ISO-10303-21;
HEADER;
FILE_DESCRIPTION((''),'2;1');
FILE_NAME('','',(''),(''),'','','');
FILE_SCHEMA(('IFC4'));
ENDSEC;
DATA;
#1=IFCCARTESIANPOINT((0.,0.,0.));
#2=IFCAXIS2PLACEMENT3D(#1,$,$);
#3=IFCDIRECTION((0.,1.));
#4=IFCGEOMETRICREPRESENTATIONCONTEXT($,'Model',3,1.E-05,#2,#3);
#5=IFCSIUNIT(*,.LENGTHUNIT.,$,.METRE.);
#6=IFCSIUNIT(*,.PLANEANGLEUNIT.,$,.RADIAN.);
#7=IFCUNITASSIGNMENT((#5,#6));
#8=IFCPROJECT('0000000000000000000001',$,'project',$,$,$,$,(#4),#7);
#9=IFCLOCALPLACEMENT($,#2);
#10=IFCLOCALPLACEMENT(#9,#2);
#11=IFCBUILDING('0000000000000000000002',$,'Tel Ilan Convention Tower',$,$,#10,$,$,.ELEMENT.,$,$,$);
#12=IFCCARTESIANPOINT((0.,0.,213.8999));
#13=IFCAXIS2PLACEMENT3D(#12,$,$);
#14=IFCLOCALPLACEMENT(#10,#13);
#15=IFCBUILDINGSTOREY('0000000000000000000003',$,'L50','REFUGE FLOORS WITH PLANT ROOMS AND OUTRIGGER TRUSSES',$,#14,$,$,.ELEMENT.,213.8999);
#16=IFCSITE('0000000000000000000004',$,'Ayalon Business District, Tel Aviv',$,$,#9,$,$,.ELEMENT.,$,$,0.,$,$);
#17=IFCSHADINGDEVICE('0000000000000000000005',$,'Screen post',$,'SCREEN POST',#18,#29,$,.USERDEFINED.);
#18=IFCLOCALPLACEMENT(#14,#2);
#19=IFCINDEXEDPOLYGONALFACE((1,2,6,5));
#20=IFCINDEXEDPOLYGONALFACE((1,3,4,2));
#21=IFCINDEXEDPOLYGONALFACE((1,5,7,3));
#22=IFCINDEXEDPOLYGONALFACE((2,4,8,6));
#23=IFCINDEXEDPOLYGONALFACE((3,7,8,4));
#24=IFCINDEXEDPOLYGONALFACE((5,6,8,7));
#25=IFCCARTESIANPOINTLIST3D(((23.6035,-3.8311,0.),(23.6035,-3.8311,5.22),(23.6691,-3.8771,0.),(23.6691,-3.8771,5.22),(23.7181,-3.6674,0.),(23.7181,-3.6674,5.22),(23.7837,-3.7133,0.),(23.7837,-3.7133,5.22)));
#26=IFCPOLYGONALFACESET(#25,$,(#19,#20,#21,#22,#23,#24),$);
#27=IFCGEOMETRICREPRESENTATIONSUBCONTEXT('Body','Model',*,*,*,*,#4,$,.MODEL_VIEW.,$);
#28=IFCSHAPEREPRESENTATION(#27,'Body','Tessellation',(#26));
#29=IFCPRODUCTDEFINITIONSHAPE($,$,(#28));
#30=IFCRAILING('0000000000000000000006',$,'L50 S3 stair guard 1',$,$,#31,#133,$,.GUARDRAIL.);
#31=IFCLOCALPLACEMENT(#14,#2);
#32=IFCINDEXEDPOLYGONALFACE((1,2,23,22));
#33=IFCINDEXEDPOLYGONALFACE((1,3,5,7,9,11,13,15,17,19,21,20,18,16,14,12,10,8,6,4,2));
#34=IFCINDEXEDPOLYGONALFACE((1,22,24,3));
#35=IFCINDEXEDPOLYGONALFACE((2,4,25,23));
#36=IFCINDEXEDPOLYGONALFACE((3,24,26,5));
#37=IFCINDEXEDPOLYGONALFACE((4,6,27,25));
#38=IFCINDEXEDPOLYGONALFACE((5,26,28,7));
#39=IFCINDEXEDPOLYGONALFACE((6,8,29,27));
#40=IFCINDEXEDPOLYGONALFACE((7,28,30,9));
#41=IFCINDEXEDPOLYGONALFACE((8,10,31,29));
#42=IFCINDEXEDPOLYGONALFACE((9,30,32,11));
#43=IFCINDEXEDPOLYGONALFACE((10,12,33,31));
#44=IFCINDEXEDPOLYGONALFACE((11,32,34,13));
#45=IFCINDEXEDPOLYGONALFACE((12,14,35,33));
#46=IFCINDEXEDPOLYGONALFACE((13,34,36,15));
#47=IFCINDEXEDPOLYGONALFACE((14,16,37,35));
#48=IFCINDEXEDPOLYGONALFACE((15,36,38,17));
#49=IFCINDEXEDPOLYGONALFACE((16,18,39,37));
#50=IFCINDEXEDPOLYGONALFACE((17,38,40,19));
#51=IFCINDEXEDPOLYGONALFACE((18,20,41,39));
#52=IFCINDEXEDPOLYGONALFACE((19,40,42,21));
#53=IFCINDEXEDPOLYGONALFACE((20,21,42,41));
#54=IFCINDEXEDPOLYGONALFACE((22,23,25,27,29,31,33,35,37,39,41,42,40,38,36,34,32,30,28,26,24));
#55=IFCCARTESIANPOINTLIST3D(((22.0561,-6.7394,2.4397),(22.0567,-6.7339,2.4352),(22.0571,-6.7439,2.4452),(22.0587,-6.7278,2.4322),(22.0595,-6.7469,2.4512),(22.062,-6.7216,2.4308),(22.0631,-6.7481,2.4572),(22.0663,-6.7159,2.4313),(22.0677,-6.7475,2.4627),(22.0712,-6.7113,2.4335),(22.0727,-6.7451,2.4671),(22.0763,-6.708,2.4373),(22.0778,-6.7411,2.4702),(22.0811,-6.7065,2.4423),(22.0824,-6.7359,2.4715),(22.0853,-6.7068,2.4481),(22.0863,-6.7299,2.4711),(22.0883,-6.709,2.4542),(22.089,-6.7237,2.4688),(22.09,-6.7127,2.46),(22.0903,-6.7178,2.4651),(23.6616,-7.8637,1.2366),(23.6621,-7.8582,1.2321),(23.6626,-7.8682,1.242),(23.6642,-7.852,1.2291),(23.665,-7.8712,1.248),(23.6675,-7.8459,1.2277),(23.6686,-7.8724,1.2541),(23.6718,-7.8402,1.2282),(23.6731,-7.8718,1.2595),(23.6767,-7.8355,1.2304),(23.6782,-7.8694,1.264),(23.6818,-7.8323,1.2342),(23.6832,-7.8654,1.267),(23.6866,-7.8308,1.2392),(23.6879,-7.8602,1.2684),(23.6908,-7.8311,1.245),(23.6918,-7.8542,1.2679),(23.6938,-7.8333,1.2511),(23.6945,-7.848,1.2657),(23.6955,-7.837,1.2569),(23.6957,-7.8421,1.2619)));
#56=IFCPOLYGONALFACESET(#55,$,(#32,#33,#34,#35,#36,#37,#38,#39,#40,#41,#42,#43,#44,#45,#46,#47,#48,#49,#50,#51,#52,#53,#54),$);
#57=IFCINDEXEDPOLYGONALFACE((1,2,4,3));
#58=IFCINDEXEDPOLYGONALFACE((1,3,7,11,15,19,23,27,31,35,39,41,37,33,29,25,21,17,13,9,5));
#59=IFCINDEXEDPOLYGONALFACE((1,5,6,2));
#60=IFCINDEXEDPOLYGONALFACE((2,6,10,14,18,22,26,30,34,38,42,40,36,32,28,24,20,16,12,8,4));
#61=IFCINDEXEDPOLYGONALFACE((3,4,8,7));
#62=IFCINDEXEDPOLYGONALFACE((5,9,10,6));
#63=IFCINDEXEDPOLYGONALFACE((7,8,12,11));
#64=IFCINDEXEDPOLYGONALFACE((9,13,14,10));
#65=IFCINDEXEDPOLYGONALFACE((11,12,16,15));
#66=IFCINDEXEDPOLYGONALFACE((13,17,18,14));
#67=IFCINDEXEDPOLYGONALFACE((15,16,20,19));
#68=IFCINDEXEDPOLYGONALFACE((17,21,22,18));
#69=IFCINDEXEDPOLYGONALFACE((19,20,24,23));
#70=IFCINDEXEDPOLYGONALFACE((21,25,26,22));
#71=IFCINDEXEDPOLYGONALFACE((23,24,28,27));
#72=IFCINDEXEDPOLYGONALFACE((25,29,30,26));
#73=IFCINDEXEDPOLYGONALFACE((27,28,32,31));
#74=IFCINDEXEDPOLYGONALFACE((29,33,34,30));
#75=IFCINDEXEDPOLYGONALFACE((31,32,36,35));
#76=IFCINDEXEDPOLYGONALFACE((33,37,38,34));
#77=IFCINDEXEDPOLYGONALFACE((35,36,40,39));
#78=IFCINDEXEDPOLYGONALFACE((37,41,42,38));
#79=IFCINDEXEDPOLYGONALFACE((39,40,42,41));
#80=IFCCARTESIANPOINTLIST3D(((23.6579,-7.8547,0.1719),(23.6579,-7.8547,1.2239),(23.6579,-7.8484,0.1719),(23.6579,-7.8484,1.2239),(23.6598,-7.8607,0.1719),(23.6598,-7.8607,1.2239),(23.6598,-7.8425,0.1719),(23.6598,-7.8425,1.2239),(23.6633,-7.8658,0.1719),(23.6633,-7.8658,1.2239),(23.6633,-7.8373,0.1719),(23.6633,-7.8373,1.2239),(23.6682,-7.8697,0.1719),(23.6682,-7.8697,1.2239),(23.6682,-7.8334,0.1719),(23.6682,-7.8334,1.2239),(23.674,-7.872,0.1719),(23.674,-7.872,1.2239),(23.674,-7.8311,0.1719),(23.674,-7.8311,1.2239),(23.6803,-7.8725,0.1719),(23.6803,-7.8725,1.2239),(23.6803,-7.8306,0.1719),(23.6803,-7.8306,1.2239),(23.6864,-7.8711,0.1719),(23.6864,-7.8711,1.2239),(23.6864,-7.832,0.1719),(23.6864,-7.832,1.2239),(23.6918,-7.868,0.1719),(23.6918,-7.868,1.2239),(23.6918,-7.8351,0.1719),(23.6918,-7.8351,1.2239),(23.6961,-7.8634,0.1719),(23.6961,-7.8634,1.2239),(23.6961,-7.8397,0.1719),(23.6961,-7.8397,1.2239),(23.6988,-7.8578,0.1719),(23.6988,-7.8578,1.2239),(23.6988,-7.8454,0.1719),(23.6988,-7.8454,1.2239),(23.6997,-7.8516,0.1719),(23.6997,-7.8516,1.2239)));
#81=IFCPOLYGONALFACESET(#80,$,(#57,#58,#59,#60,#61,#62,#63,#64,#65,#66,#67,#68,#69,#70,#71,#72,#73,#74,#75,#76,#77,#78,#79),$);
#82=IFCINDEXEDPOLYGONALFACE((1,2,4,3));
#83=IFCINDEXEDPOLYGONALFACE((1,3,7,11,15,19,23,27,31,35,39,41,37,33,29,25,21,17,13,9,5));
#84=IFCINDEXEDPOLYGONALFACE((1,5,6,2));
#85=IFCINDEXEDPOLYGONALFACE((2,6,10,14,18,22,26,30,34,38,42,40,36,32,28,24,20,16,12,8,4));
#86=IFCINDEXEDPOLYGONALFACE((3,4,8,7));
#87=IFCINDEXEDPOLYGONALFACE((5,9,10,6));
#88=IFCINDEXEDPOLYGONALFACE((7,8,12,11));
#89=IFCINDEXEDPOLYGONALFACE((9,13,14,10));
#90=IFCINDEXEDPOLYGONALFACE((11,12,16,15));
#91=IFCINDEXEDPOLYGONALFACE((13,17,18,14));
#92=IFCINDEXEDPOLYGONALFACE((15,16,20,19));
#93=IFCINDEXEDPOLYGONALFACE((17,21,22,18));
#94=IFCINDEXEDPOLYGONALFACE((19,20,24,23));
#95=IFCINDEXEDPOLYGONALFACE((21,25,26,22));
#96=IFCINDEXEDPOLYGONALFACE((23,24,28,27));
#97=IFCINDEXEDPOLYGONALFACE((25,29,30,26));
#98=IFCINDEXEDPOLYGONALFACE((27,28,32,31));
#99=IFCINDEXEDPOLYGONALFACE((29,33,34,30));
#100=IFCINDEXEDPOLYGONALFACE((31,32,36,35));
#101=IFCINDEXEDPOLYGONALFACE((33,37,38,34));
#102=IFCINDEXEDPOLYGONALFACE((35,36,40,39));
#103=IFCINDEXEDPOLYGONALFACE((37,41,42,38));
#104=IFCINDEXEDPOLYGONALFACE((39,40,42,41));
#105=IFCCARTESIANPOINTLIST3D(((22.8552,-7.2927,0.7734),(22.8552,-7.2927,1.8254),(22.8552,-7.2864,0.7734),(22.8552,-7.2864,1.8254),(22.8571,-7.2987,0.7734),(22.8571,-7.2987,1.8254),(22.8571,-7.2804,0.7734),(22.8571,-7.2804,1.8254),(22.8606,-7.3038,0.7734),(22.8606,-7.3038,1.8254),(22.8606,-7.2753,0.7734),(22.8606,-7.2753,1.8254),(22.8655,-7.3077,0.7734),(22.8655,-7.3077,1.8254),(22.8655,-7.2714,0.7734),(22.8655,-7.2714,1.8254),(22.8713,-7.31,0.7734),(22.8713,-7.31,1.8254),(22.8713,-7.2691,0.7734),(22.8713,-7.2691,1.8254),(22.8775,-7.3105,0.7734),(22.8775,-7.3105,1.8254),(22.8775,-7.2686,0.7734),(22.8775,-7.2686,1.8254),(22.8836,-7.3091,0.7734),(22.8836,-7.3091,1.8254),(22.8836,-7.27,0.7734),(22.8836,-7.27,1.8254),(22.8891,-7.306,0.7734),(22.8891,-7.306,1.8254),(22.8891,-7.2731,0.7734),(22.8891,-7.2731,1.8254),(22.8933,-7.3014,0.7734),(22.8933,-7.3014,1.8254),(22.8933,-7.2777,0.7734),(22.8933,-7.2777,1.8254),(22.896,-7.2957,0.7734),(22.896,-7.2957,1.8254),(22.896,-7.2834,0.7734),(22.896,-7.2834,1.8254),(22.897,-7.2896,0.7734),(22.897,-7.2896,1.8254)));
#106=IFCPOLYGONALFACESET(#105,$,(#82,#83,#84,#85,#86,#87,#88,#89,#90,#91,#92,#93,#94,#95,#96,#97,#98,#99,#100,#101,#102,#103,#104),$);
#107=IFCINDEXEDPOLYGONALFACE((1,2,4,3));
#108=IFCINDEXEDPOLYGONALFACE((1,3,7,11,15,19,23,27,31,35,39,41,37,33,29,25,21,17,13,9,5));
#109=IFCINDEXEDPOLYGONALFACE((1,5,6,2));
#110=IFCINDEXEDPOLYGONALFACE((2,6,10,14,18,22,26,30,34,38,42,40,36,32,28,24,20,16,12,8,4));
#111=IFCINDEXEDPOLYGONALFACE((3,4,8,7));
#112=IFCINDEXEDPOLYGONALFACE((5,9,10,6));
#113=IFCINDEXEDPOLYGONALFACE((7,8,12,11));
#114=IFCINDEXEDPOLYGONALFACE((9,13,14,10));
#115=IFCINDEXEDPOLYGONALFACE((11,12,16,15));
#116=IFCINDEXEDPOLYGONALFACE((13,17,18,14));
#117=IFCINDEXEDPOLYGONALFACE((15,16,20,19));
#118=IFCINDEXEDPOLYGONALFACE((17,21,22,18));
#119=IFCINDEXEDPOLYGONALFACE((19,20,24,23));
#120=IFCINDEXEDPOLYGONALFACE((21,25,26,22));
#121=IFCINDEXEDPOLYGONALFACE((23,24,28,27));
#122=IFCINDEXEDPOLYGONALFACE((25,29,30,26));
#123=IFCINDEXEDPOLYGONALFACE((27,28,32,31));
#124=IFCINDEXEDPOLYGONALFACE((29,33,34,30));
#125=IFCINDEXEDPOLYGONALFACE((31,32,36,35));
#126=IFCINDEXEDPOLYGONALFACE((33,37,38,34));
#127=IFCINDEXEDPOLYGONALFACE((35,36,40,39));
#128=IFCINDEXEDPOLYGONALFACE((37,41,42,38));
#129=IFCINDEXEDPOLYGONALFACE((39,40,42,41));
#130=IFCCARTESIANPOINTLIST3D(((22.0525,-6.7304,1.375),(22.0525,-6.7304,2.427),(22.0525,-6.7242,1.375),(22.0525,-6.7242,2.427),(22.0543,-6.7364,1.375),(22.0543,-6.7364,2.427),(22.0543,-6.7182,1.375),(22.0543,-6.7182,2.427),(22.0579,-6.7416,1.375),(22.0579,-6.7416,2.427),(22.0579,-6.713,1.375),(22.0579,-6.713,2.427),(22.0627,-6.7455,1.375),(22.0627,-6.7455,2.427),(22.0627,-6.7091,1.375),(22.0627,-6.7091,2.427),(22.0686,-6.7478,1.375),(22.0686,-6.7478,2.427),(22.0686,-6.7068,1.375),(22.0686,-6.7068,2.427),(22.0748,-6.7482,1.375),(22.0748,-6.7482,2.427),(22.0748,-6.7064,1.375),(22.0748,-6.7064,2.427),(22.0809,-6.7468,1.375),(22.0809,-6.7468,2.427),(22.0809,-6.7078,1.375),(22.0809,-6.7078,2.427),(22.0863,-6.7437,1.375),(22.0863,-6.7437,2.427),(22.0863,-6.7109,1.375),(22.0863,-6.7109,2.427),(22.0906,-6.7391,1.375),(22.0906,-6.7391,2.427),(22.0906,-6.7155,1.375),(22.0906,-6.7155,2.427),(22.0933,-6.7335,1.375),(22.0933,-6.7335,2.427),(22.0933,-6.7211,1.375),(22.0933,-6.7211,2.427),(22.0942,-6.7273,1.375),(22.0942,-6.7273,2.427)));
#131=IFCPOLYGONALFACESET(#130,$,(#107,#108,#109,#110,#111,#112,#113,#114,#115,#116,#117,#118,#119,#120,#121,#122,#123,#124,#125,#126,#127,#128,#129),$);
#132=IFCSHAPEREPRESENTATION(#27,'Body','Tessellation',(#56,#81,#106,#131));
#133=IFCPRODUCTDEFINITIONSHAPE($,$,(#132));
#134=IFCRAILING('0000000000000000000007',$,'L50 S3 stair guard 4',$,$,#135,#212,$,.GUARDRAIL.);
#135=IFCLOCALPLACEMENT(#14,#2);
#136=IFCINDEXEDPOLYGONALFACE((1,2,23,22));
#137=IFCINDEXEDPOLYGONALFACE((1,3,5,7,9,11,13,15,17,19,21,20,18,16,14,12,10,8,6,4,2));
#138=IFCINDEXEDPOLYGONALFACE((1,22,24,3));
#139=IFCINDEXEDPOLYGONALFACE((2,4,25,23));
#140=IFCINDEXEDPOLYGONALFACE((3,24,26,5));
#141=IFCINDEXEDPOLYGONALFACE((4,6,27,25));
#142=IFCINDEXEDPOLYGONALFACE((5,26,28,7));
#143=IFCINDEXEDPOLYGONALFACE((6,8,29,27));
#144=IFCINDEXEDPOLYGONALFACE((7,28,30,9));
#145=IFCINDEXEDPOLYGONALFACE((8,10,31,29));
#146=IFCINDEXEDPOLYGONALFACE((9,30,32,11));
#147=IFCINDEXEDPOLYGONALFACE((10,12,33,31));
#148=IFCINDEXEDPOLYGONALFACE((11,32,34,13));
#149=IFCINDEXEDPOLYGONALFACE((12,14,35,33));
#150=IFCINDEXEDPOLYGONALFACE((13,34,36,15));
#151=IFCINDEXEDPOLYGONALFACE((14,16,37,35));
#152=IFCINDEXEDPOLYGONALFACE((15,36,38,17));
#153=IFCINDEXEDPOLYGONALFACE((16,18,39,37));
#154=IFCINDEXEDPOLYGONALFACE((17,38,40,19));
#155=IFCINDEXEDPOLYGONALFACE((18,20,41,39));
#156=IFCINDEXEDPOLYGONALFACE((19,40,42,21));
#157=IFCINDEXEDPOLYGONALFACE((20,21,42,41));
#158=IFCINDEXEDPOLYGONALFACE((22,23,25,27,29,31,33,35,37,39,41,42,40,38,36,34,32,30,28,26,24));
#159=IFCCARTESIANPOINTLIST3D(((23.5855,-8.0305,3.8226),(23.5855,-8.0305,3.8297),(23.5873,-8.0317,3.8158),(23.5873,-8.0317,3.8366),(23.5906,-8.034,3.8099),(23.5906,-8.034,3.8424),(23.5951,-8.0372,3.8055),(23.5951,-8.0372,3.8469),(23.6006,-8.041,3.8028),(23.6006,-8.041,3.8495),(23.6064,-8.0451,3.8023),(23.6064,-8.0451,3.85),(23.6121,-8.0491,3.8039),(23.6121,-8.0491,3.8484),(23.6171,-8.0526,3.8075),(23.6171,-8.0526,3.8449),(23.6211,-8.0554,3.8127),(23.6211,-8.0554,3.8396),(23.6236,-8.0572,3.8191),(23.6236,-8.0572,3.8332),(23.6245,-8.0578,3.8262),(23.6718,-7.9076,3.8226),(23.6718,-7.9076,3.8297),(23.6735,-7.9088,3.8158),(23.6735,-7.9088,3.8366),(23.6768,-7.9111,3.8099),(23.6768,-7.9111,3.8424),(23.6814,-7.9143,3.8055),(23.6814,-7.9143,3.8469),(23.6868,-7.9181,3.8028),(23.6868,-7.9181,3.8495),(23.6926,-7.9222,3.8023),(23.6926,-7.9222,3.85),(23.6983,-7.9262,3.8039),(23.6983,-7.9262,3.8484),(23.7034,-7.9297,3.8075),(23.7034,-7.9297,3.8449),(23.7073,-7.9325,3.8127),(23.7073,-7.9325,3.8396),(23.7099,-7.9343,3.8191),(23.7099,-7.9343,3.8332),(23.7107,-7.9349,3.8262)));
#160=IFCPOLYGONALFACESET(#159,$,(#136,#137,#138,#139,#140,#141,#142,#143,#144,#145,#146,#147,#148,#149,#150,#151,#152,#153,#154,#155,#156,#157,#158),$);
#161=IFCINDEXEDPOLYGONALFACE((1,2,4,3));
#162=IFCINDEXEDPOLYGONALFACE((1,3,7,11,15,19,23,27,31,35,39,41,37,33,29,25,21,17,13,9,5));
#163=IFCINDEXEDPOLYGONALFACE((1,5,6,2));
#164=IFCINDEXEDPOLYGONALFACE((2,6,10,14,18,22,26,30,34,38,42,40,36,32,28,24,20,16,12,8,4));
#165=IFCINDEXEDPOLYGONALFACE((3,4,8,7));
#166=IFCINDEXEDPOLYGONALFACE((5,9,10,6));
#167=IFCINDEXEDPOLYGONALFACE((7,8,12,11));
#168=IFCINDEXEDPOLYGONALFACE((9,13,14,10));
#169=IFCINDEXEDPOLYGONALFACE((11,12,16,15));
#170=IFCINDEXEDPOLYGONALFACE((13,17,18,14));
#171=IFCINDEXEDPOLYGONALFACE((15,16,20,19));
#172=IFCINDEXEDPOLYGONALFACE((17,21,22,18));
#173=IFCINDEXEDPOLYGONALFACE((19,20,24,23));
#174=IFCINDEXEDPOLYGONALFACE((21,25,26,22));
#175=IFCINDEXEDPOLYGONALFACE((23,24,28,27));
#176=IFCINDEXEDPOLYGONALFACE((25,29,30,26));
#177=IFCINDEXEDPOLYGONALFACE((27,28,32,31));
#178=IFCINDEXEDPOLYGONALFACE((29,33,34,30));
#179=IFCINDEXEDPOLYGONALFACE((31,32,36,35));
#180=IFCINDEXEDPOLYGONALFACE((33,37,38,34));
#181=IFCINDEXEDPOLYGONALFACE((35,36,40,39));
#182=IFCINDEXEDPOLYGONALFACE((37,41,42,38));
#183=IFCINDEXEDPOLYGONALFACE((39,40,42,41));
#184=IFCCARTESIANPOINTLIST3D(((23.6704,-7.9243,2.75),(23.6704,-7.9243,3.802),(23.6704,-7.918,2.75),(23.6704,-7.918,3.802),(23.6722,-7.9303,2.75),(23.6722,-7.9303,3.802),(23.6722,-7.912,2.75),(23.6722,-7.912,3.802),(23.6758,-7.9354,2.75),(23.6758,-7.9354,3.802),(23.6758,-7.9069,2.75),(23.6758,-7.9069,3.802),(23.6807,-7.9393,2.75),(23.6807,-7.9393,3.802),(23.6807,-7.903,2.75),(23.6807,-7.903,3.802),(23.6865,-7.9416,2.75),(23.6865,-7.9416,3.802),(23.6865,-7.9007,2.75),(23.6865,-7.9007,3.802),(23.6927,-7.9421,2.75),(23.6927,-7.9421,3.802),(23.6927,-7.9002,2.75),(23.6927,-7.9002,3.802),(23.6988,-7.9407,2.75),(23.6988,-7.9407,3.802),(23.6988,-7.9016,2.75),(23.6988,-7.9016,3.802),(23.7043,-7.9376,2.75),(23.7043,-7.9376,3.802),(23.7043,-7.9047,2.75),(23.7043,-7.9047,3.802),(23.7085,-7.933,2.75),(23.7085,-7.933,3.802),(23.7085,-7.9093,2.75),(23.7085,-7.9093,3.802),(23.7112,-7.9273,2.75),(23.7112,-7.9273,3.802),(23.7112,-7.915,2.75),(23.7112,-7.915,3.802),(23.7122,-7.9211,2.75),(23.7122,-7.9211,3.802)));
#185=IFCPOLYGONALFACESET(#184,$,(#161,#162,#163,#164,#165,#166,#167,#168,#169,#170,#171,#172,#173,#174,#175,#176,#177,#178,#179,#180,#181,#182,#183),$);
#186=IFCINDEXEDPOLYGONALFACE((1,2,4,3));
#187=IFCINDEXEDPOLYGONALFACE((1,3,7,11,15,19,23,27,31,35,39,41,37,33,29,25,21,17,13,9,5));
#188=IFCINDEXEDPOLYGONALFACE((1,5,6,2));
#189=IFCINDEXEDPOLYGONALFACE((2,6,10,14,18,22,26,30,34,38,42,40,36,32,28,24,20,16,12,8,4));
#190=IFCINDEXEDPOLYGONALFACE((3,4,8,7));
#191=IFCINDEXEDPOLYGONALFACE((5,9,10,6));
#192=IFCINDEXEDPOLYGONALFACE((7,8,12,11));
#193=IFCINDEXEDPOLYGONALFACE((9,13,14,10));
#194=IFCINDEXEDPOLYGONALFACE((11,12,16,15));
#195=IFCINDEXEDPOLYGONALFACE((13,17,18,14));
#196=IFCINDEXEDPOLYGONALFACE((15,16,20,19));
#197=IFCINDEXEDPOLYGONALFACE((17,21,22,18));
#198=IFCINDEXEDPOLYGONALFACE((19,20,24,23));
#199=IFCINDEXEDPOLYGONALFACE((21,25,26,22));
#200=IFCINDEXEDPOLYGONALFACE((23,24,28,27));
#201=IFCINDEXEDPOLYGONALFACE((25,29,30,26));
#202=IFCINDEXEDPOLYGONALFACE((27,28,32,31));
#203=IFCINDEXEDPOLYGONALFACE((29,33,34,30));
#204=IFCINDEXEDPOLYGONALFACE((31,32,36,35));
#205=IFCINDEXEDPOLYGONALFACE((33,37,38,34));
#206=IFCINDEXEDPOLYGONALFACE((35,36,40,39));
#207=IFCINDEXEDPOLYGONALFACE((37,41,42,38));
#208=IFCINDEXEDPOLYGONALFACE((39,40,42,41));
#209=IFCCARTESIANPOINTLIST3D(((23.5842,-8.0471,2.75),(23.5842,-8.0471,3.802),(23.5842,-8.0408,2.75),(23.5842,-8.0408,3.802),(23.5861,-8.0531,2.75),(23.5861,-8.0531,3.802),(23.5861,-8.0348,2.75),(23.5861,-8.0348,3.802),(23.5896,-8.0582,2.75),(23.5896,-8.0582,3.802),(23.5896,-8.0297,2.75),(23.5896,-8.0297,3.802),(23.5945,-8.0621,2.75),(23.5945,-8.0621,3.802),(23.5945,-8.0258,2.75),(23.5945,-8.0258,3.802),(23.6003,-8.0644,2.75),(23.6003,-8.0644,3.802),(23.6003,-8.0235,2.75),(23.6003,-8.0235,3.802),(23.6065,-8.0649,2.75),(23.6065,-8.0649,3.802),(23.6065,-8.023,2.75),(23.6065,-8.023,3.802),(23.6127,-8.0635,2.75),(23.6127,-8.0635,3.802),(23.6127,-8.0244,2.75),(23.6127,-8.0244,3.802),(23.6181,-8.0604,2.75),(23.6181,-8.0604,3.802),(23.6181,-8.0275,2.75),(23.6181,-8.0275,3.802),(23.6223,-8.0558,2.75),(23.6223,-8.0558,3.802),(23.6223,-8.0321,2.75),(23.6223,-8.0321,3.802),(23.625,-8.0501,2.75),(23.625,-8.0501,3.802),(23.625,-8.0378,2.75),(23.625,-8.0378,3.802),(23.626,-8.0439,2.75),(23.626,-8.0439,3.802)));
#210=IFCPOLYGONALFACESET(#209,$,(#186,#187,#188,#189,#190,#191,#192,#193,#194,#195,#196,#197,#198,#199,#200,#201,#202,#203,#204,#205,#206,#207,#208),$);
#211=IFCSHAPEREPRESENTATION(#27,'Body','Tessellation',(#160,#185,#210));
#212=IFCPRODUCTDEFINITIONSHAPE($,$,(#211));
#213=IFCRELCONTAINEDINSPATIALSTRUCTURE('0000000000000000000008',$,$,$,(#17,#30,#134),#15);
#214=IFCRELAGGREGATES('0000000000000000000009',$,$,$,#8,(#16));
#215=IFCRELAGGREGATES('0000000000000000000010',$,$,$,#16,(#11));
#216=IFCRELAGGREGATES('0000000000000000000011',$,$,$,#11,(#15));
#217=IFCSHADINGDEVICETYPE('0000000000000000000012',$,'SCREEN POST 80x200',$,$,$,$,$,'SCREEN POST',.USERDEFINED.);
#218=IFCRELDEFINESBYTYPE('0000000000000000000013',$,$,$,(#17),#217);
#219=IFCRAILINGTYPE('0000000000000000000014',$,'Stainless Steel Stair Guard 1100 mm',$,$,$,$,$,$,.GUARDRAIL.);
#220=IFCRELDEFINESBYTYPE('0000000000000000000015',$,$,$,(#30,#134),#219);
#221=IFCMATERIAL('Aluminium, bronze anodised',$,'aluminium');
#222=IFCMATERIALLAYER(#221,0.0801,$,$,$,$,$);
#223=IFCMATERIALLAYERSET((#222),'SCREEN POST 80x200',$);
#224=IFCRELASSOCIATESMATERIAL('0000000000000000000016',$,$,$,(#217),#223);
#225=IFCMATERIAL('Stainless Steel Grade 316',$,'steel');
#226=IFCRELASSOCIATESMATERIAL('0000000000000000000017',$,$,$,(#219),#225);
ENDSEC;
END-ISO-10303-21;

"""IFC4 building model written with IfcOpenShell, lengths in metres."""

from ifc_helpers import new_model, si_unit, direction, frame, origin, origin_2d, place, context, subcontext, project, spatial, rectangle, circle, extrude, material, layer, layer_set, type_object, element, save


model = new_model("IFC4")

# Units and contexts
model_context = context("Model", 3, precision=1e-05, world=origin(), true_north=direction((0.0, 1.0)))
body_context = subcontext(model_context, "Body", "Model", "MODEL_VIEW")
ifc_project = project(units=[si_unit("LENGTHUNIT", "METRE"), si_unit("PLANEANGLEUNIT", "RADIAN")], contexts=[model_context])

# Site, building, storey
site_placement = place(None, origin())
site = spatial("IfcSite", under=ifc_project, at=site_placement, Name="Ayalon Business District, Tel Aviv", CompositionType="ELEMENT", RefElevation=0.0)
building_placement = place(site_placement, origin())
building = spatial("IfcBuilding", under=site, at=building_placement, Name="Tel Ilan Convention Tower", CompositionType="ELEMENT")
storey_placement = place(building_placement, frame((0.0, 0.0, 213.8999)))
storey = spatial("IfcBuildingStorey", under=building, at=storey_placement, Name="L50", Description="REFUGE FLOORS WITH PLANT ROOMS AND OUTRIGGER TRUSSES", CompositionType="ELEMENT", Elevation=213.8999)

# Shading device
ifc_material_1 = material(Name="Aluminium, bronze anodised", Category="aluminium")
ifc_layer_1 = layer(ifc_material_1, 0.0801)
ifc_layer_set_1 = layer_set([ifc_layer_1], Name="SCREEN POST 80x200")
shading_device_type_1 = type_object("IfcShadingDeviceType", Name="SCREEN POST 80x200", ElementType="SCREEN POST", PredefinedType="USERDEFINED", material=ifc_layer_set_1)
for number, where, z_axis, x_axis, name in (
    (1, (23.6936, -3.7722, 0.0), (0.0, 0.0, 1.0), (-0.819152, 0.573576, 0.0), "Screen post"),
):
    element("IfcShadingDevice", number, at=place(storey_placement, frame(where, z_axis=z_axis, x_axis=x_axis)), inside=storey, type_object=shading_device_type_1, Name=name, ObjectType="SCREEN POST", PredefinedType="USERDEFINED", context=body_context, shape_type="SweptSolid", body=[
        extrude(rectangle(XDim=0.0801, YDim=0.2, at=origin_2d()), origin(), (0.0, 0.0, 1.0), 5.22),
    ])

# Railings
ifc_material_2 = material(Name="Stainless Steel Grade 316", Category="steel")
railing_type_1 = type_object("IfcRailingType", Name="Stainless Steel Stair Guard 1100 mm", PredefinedType="GUARDRAIL", material=ifc_material_2)
railing_1_placement = place(storey_placement, frame((23.6787, -7.8516, 0.1719)))
element("IfcRailing", 2, at=railing_1_placement, inside=storey, type_object=railing_type_1, Name="L50 S3 stair guard 1", PredefinedType="GUARDRAIL", context=body_context, shape_type="SweptSolid", body=[
    extrude(circle(Radius=0.0239, at=origin_2d()), frame((0.0, 0.0, 1.0762), z_axis=(-0.698095, 0.488857, 0.523146), x_axis=(-0.573613, -0.819127, 0.0)), (0.0, 0.0, 1.0), 2.2998),
    extrude(circle(Radius=0.021, at=origin_2d()), origin(), (0.0, 0.0, 1.0), 1.052),
    extrude(circle(Radius=0.021, at=origin_2d()), frame((-0.8027, 0.562, 0.6016)), (0.0, 0.0, 1.0), 1.052),
    extrude(circle(Radius=0.021, at=origin_2d()), frame((-1.6055, 1.1243, 1.2031)), (0.0, 0.0, 1.0), 1.052),
])
railing_2_placement = place(storey_placement, frame((23.6912, -7.9211, 2.75)))
element("IfcRailing", 3, at=railing_2_placement, inside=storey, type_object=railing_type_1, Name="L50 S3 stair guard 4", PredefinedType="GUARDRAIL", context=body_context, shape_type="SweptSolid", body=[
    extrude(circle(Radius=0.0239, at=origin_2d()), frame((0.0, 0.0, 1.0762), z_axis=(-0.574445, -0.818543, 0.0), x_axis=(0.818543, -0.574445, 0.0)), (0.0, 0.0, 1.0), 0.1501),
    extrude(circle(Radius=0.021, at=origin_2d()), origin(), (0.0, 0.0, 1.0), 1.052),
    extrude(circle(Radius=0.021, at=origin_2d()), frame((-0.0862, -0.1228, 0.0)), (0.0, 0.0, 1.0), 1.052),
])

save(model, "model.ifc")
